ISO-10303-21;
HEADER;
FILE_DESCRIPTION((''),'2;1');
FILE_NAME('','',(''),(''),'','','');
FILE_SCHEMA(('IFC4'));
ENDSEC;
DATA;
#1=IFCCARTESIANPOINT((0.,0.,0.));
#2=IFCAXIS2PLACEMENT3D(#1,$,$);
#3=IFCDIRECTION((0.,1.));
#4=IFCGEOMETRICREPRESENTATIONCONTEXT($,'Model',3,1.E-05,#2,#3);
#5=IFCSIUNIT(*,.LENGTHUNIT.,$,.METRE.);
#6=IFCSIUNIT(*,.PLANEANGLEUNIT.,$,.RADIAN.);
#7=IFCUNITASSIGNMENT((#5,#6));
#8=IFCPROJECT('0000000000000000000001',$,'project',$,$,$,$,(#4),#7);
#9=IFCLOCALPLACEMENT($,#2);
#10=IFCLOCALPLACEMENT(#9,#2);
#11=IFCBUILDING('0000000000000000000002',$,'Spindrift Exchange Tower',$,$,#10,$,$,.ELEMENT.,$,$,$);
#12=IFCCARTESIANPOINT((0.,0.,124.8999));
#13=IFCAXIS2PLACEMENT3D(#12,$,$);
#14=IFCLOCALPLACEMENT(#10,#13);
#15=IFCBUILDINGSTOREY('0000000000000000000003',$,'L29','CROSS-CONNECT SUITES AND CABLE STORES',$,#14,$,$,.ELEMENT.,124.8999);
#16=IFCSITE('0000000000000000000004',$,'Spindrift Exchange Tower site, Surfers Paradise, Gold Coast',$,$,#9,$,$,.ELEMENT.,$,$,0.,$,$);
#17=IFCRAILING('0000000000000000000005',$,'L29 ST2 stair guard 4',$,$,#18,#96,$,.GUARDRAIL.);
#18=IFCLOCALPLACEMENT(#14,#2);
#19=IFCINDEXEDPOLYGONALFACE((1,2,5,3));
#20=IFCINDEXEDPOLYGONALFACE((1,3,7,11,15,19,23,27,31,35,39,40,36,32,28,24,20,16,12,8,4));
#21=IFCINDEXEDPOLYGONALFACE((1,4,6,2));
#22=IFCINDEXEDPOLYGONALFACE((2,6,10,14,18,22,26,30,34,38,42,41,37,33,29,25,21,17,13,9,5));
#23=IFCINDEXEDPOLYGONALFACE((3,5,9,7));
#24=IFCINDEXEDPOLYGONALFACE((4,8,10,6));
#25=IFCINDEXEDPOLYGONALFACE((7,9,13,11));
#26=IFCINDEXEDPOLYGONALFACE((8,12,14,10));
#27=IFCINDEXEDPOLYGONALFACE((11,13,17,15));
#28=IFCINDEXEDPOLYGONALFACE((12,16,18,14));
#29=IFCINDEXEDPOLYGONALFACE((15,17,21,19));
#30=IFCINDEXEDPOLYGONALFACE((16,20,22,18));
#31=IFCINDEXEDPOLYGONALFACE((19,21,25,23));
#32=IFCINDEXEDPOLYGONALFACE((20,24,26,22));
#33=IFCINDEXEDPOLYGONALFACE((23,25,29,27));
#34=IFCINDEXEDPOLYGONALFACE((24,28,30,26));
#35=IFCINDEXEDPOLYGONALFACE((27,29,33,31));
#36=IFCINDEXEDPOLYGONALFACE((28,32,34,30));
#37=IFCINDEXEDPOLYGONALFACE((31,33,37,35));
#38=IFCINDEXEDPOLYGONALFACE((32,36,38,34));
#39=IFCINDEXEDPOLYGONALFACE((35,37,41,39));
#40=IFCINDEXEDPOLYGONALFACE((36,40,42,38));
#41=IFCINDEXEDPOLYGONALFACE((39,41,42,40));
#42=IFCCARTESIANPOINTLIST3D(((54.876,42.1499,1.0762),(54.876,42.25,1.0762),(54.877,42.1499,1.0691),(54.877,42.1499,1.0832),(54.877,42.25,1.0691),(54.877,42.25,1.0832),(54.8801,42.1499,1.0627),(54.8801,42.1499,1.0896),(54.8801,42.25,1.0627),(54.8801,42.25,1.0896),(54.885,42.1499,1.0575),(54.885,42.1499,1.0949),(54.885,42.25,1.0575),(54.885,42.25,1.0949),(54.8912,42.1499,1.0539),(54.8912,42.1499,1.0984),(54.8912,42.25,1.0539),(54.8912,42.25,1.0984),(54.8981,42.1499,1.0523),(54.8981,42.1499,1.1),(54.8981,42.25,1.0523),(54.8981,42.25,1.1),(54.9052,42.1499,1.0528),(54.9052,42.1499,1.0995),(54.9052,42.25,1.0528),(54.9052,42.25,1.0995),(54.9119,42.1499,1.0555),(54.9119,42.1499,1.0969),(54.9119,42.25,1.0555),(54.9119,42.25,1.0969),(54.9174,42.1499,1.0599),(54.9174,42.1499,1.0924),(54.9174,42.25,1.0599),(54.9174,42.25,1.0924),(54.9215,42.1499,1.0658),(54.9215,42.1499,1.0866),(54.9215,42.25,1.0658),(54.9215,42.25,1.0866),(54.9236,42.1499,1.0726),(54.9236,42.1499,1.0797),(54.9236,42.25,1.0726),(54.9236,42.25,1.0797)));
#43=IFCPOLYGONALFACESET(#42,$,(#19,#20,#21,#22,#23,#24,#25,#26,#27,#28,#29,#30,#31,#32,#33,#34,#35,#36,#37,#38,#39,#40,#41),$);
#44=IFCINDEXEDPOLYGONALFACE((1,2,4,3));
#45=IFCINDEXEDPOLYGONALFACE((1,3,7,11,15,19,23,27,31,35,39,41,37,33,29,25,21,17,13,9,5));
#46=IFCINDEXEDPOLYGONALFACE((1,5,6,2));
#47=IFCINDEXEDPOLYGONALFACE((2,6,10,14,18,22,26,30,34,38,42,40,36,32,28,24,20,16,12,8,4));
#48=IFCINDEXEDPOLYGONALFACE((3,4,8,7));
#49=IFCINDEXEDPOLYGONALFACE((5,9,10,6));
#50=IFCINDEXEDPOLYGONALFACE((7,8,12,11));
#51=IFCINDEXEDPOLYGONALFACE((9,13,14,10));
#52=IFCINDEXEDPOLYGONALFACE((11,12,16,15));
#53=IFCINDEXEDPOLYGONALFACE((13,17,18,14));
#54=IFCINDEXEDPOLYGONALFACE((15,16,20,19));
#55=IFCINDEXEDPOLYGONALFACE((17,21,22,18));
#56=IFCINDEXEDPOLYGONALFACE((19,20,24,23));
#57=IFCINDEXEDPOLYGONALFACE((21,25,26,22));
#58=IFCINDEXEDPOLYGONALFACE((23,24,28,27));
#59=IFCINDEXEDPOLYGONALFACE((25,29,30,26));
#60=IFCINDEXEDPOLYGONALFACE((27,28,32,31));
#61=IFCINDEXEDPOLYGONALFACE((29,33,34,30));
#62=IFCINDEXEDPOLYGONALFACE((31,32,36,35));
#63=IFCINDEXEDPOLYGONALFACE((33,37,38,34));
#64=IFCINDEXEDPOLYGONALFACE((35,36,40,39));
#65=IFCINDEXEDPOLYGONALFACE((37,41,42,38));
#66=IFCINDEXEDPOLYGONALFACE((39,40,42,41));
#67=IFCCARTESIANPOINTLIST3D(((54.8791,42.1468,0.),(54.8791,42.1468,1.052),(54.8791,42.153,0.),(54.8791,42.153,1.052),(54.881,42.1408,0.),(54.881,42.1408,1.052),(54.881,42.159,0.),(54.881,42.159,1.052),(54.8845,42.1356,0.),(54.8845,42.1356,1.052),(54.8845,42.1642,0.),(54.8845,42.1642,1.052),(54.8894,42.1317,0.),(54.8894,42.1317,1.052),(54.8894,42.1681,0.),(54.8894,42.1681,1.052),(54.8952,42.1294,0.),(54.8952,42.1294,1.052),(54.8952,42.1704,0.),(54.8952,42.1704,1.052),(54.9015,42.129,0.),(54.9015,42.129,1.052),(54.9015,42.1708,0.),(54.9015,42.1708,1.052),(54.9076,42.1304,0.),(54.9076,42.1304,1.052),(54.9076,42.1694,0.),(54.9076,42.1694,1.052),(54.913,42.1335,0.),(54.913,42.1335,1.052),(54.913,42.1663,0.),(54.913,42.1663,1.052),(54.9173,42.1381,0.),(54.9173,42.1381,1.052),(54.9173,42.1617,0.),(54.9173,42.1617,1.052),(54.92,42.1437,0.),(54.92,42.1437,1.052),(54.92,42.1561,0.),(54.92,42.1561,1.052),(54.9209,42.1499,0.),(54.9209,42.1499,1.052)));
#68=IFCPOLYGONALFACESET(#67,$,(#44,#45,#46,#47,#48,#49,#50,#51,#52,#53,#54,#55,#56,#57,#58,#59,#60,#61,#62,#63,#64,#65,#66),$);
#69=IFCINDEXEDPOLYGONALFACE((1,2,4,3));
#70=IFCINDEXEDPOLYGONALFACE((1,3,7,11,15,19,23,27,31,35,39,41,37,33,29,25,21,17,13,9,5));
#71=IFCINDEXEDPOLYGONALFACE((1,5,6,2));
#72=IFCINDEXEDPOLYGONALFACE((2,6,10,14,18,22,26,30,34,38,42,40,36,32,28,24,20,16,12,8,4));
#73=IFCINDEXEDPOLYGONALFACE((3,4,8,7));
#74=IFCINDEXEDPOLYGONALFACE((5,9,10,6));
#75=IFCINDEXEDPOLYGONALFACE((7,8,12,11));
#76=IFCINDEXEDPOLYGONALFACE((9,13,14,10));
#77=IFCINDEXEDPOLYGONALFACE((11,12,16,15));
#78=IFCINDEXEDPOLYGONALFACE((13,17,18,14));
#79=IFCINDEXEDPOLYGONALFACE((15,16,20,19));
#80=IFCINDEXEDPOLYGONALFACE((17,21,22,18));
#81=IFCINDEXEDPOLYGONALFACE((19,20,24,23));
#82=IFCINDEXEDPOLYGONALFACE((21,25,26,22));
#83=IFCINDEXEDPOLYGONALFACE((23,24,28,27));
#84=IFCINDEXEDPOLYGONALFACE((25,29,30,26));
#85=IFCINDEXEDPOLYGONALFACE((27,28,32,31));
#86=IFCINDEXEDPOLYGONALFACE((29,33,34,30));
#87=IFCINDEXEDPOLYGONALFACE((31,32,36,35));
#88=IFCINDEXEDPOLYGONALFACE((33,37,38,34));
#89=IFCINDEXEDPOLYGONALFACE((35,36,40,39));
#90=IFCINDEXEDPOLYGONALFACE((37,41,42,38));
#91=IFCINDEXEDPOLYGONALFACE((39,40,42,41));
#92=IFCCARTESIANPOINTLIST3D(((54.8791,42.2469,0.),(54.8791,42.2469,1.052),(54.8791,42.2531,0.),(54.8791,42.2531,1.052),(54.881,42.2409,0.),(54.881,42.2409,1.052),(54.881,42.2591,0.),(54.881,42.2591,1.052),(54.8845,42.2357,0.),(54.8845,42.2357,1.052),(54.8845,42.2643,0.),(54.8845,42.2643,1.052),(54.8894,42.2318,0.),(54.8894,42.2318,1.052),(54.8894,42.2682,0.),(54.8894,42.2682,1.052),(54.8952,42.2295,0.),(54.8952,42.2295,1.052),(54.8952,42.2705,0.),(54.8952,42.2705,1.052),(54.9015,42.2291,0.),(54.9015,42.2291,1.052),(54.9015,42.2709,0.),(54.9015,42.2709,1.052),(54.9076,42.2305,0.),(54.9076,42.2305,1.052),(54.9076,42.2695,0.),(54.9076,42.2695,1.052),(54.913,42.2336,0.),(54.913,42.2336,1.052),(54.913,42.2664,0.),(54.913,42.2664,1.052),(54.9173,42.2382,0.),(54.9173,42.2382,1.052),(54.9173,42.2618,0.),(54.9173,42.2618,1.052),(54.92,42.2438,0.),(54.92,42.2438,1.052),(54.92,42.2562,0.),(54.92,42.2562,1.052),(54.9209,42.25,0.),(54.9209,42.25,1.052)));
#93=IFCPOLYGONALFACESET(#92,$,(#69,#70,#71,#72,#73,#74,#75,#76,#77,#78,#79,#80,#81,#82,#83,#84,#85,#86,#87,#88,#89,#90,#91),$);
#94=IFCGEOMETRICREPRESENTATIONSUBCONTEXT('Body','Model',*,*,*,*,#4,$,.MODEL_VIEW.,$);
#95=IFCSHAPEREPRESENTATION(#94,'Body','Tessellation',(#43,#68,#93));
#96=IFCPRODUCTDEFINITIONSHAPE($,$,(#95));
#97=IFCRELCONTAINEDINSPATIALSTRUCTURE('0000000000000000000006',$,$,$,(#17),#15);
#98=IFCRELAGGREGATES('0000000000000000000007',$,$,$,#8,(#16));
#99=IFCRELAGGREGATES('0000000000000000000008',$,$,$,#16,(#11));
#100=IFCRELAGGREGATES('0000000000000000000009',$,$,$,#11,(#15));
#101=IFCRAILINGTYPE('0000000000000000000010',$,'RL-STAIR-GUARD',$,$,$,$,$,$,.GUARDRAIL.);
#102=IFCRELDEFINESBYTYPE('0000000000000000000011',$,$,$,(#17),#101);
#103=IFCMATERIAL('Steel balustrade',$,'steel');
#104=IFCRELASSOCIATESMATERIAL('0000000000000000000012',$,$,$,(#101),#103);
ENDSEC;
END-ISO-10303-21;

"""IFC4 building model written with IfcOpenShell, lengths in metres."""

from ifc_helpers import new_model, si_unit, direction, frame, origin, origin_2d, place, context, subcontext, project, spatial, circle, extrude, material, type_object, element, save


model = new_model("IFC4")

# Units and contexts
model_context = context("Model", 3, precision=1e-05, world=origin(), true_north=direction((0.0, 1.0)))
body_context = subcontext(model_context, "Body", "Model", "MODEL_VIEW")
ifc_project = project(units=[si_unit("LENGTHUNIT", "METRE"), si_unit("PLANEANGLEUNIT", "RADIAN")], contexts=[model_context])

# Site, building, storey
site_placement = place(None, origin())
site = spatial("IfcSite", under=ifc_project, at=site_placement, Name="Spindrift Exchange Tower site, Surfers Paradise, Gold Coast", CompositionType="ELEMENT", RefElevation=0.0)
building_placement = place(site_placement, origin())
building = spatial("IfcBuilding", under=site, at=building_placement, Name="Spindrift Exchange Tower", CompositionType="ELEMENT")
storey_placement = place(building_placement, frame((0.0, 0.0, 124.8999)))
storey = spatial("IfcBuildingStorey", under=building, at=storey_placement, Name="L29", Description="CROSS-CONNECT SUITES AND CABLE STORES", CompositionType="ELEMENT", Elevation=124.8999)

# Railing
ifc_material_1 = material(Name="Steel balustrade", Category="steel")
railing_type_1 = type_object("IfcRailingType", Name="RL-STAIR-GUARD", PredefinedType="GUARDRAIL", material=ifc_material_1)
railing_1_placement = place(storey_placement, frame((54.8999, 42.1499, 0.0)))
element("IfcRailing", 1, at=railing_1_placement, inside=storey, type_object=railing_type_1, Name="L29 ST2 stair guard 4", PredefinedType="GUARDRAIL", context=body_context, shape_type="SweptSolid", body=[
    extrude(circle(Radius=0.0239, at=origin_2d()), frame((0.0, 0.0, 1.0762), z_axis=(0.0, 1.0, 0.0), x_axis=(-1.0, 0.0, 0.0)), (0.0, 0.0, 1.0), 0.1001),
    extrude(circle(Radius=0.021, at=origin_2d()), origin(), (0.0, 0.0, 1.0), 1.052),
    extrude(circle(Radius=0.021, at=origin_2d()), frame((0.0, 0.1001, 0.0)), (0.0, 0.0, 1.0), 1.052),
])

save(model, "model.ifc")
